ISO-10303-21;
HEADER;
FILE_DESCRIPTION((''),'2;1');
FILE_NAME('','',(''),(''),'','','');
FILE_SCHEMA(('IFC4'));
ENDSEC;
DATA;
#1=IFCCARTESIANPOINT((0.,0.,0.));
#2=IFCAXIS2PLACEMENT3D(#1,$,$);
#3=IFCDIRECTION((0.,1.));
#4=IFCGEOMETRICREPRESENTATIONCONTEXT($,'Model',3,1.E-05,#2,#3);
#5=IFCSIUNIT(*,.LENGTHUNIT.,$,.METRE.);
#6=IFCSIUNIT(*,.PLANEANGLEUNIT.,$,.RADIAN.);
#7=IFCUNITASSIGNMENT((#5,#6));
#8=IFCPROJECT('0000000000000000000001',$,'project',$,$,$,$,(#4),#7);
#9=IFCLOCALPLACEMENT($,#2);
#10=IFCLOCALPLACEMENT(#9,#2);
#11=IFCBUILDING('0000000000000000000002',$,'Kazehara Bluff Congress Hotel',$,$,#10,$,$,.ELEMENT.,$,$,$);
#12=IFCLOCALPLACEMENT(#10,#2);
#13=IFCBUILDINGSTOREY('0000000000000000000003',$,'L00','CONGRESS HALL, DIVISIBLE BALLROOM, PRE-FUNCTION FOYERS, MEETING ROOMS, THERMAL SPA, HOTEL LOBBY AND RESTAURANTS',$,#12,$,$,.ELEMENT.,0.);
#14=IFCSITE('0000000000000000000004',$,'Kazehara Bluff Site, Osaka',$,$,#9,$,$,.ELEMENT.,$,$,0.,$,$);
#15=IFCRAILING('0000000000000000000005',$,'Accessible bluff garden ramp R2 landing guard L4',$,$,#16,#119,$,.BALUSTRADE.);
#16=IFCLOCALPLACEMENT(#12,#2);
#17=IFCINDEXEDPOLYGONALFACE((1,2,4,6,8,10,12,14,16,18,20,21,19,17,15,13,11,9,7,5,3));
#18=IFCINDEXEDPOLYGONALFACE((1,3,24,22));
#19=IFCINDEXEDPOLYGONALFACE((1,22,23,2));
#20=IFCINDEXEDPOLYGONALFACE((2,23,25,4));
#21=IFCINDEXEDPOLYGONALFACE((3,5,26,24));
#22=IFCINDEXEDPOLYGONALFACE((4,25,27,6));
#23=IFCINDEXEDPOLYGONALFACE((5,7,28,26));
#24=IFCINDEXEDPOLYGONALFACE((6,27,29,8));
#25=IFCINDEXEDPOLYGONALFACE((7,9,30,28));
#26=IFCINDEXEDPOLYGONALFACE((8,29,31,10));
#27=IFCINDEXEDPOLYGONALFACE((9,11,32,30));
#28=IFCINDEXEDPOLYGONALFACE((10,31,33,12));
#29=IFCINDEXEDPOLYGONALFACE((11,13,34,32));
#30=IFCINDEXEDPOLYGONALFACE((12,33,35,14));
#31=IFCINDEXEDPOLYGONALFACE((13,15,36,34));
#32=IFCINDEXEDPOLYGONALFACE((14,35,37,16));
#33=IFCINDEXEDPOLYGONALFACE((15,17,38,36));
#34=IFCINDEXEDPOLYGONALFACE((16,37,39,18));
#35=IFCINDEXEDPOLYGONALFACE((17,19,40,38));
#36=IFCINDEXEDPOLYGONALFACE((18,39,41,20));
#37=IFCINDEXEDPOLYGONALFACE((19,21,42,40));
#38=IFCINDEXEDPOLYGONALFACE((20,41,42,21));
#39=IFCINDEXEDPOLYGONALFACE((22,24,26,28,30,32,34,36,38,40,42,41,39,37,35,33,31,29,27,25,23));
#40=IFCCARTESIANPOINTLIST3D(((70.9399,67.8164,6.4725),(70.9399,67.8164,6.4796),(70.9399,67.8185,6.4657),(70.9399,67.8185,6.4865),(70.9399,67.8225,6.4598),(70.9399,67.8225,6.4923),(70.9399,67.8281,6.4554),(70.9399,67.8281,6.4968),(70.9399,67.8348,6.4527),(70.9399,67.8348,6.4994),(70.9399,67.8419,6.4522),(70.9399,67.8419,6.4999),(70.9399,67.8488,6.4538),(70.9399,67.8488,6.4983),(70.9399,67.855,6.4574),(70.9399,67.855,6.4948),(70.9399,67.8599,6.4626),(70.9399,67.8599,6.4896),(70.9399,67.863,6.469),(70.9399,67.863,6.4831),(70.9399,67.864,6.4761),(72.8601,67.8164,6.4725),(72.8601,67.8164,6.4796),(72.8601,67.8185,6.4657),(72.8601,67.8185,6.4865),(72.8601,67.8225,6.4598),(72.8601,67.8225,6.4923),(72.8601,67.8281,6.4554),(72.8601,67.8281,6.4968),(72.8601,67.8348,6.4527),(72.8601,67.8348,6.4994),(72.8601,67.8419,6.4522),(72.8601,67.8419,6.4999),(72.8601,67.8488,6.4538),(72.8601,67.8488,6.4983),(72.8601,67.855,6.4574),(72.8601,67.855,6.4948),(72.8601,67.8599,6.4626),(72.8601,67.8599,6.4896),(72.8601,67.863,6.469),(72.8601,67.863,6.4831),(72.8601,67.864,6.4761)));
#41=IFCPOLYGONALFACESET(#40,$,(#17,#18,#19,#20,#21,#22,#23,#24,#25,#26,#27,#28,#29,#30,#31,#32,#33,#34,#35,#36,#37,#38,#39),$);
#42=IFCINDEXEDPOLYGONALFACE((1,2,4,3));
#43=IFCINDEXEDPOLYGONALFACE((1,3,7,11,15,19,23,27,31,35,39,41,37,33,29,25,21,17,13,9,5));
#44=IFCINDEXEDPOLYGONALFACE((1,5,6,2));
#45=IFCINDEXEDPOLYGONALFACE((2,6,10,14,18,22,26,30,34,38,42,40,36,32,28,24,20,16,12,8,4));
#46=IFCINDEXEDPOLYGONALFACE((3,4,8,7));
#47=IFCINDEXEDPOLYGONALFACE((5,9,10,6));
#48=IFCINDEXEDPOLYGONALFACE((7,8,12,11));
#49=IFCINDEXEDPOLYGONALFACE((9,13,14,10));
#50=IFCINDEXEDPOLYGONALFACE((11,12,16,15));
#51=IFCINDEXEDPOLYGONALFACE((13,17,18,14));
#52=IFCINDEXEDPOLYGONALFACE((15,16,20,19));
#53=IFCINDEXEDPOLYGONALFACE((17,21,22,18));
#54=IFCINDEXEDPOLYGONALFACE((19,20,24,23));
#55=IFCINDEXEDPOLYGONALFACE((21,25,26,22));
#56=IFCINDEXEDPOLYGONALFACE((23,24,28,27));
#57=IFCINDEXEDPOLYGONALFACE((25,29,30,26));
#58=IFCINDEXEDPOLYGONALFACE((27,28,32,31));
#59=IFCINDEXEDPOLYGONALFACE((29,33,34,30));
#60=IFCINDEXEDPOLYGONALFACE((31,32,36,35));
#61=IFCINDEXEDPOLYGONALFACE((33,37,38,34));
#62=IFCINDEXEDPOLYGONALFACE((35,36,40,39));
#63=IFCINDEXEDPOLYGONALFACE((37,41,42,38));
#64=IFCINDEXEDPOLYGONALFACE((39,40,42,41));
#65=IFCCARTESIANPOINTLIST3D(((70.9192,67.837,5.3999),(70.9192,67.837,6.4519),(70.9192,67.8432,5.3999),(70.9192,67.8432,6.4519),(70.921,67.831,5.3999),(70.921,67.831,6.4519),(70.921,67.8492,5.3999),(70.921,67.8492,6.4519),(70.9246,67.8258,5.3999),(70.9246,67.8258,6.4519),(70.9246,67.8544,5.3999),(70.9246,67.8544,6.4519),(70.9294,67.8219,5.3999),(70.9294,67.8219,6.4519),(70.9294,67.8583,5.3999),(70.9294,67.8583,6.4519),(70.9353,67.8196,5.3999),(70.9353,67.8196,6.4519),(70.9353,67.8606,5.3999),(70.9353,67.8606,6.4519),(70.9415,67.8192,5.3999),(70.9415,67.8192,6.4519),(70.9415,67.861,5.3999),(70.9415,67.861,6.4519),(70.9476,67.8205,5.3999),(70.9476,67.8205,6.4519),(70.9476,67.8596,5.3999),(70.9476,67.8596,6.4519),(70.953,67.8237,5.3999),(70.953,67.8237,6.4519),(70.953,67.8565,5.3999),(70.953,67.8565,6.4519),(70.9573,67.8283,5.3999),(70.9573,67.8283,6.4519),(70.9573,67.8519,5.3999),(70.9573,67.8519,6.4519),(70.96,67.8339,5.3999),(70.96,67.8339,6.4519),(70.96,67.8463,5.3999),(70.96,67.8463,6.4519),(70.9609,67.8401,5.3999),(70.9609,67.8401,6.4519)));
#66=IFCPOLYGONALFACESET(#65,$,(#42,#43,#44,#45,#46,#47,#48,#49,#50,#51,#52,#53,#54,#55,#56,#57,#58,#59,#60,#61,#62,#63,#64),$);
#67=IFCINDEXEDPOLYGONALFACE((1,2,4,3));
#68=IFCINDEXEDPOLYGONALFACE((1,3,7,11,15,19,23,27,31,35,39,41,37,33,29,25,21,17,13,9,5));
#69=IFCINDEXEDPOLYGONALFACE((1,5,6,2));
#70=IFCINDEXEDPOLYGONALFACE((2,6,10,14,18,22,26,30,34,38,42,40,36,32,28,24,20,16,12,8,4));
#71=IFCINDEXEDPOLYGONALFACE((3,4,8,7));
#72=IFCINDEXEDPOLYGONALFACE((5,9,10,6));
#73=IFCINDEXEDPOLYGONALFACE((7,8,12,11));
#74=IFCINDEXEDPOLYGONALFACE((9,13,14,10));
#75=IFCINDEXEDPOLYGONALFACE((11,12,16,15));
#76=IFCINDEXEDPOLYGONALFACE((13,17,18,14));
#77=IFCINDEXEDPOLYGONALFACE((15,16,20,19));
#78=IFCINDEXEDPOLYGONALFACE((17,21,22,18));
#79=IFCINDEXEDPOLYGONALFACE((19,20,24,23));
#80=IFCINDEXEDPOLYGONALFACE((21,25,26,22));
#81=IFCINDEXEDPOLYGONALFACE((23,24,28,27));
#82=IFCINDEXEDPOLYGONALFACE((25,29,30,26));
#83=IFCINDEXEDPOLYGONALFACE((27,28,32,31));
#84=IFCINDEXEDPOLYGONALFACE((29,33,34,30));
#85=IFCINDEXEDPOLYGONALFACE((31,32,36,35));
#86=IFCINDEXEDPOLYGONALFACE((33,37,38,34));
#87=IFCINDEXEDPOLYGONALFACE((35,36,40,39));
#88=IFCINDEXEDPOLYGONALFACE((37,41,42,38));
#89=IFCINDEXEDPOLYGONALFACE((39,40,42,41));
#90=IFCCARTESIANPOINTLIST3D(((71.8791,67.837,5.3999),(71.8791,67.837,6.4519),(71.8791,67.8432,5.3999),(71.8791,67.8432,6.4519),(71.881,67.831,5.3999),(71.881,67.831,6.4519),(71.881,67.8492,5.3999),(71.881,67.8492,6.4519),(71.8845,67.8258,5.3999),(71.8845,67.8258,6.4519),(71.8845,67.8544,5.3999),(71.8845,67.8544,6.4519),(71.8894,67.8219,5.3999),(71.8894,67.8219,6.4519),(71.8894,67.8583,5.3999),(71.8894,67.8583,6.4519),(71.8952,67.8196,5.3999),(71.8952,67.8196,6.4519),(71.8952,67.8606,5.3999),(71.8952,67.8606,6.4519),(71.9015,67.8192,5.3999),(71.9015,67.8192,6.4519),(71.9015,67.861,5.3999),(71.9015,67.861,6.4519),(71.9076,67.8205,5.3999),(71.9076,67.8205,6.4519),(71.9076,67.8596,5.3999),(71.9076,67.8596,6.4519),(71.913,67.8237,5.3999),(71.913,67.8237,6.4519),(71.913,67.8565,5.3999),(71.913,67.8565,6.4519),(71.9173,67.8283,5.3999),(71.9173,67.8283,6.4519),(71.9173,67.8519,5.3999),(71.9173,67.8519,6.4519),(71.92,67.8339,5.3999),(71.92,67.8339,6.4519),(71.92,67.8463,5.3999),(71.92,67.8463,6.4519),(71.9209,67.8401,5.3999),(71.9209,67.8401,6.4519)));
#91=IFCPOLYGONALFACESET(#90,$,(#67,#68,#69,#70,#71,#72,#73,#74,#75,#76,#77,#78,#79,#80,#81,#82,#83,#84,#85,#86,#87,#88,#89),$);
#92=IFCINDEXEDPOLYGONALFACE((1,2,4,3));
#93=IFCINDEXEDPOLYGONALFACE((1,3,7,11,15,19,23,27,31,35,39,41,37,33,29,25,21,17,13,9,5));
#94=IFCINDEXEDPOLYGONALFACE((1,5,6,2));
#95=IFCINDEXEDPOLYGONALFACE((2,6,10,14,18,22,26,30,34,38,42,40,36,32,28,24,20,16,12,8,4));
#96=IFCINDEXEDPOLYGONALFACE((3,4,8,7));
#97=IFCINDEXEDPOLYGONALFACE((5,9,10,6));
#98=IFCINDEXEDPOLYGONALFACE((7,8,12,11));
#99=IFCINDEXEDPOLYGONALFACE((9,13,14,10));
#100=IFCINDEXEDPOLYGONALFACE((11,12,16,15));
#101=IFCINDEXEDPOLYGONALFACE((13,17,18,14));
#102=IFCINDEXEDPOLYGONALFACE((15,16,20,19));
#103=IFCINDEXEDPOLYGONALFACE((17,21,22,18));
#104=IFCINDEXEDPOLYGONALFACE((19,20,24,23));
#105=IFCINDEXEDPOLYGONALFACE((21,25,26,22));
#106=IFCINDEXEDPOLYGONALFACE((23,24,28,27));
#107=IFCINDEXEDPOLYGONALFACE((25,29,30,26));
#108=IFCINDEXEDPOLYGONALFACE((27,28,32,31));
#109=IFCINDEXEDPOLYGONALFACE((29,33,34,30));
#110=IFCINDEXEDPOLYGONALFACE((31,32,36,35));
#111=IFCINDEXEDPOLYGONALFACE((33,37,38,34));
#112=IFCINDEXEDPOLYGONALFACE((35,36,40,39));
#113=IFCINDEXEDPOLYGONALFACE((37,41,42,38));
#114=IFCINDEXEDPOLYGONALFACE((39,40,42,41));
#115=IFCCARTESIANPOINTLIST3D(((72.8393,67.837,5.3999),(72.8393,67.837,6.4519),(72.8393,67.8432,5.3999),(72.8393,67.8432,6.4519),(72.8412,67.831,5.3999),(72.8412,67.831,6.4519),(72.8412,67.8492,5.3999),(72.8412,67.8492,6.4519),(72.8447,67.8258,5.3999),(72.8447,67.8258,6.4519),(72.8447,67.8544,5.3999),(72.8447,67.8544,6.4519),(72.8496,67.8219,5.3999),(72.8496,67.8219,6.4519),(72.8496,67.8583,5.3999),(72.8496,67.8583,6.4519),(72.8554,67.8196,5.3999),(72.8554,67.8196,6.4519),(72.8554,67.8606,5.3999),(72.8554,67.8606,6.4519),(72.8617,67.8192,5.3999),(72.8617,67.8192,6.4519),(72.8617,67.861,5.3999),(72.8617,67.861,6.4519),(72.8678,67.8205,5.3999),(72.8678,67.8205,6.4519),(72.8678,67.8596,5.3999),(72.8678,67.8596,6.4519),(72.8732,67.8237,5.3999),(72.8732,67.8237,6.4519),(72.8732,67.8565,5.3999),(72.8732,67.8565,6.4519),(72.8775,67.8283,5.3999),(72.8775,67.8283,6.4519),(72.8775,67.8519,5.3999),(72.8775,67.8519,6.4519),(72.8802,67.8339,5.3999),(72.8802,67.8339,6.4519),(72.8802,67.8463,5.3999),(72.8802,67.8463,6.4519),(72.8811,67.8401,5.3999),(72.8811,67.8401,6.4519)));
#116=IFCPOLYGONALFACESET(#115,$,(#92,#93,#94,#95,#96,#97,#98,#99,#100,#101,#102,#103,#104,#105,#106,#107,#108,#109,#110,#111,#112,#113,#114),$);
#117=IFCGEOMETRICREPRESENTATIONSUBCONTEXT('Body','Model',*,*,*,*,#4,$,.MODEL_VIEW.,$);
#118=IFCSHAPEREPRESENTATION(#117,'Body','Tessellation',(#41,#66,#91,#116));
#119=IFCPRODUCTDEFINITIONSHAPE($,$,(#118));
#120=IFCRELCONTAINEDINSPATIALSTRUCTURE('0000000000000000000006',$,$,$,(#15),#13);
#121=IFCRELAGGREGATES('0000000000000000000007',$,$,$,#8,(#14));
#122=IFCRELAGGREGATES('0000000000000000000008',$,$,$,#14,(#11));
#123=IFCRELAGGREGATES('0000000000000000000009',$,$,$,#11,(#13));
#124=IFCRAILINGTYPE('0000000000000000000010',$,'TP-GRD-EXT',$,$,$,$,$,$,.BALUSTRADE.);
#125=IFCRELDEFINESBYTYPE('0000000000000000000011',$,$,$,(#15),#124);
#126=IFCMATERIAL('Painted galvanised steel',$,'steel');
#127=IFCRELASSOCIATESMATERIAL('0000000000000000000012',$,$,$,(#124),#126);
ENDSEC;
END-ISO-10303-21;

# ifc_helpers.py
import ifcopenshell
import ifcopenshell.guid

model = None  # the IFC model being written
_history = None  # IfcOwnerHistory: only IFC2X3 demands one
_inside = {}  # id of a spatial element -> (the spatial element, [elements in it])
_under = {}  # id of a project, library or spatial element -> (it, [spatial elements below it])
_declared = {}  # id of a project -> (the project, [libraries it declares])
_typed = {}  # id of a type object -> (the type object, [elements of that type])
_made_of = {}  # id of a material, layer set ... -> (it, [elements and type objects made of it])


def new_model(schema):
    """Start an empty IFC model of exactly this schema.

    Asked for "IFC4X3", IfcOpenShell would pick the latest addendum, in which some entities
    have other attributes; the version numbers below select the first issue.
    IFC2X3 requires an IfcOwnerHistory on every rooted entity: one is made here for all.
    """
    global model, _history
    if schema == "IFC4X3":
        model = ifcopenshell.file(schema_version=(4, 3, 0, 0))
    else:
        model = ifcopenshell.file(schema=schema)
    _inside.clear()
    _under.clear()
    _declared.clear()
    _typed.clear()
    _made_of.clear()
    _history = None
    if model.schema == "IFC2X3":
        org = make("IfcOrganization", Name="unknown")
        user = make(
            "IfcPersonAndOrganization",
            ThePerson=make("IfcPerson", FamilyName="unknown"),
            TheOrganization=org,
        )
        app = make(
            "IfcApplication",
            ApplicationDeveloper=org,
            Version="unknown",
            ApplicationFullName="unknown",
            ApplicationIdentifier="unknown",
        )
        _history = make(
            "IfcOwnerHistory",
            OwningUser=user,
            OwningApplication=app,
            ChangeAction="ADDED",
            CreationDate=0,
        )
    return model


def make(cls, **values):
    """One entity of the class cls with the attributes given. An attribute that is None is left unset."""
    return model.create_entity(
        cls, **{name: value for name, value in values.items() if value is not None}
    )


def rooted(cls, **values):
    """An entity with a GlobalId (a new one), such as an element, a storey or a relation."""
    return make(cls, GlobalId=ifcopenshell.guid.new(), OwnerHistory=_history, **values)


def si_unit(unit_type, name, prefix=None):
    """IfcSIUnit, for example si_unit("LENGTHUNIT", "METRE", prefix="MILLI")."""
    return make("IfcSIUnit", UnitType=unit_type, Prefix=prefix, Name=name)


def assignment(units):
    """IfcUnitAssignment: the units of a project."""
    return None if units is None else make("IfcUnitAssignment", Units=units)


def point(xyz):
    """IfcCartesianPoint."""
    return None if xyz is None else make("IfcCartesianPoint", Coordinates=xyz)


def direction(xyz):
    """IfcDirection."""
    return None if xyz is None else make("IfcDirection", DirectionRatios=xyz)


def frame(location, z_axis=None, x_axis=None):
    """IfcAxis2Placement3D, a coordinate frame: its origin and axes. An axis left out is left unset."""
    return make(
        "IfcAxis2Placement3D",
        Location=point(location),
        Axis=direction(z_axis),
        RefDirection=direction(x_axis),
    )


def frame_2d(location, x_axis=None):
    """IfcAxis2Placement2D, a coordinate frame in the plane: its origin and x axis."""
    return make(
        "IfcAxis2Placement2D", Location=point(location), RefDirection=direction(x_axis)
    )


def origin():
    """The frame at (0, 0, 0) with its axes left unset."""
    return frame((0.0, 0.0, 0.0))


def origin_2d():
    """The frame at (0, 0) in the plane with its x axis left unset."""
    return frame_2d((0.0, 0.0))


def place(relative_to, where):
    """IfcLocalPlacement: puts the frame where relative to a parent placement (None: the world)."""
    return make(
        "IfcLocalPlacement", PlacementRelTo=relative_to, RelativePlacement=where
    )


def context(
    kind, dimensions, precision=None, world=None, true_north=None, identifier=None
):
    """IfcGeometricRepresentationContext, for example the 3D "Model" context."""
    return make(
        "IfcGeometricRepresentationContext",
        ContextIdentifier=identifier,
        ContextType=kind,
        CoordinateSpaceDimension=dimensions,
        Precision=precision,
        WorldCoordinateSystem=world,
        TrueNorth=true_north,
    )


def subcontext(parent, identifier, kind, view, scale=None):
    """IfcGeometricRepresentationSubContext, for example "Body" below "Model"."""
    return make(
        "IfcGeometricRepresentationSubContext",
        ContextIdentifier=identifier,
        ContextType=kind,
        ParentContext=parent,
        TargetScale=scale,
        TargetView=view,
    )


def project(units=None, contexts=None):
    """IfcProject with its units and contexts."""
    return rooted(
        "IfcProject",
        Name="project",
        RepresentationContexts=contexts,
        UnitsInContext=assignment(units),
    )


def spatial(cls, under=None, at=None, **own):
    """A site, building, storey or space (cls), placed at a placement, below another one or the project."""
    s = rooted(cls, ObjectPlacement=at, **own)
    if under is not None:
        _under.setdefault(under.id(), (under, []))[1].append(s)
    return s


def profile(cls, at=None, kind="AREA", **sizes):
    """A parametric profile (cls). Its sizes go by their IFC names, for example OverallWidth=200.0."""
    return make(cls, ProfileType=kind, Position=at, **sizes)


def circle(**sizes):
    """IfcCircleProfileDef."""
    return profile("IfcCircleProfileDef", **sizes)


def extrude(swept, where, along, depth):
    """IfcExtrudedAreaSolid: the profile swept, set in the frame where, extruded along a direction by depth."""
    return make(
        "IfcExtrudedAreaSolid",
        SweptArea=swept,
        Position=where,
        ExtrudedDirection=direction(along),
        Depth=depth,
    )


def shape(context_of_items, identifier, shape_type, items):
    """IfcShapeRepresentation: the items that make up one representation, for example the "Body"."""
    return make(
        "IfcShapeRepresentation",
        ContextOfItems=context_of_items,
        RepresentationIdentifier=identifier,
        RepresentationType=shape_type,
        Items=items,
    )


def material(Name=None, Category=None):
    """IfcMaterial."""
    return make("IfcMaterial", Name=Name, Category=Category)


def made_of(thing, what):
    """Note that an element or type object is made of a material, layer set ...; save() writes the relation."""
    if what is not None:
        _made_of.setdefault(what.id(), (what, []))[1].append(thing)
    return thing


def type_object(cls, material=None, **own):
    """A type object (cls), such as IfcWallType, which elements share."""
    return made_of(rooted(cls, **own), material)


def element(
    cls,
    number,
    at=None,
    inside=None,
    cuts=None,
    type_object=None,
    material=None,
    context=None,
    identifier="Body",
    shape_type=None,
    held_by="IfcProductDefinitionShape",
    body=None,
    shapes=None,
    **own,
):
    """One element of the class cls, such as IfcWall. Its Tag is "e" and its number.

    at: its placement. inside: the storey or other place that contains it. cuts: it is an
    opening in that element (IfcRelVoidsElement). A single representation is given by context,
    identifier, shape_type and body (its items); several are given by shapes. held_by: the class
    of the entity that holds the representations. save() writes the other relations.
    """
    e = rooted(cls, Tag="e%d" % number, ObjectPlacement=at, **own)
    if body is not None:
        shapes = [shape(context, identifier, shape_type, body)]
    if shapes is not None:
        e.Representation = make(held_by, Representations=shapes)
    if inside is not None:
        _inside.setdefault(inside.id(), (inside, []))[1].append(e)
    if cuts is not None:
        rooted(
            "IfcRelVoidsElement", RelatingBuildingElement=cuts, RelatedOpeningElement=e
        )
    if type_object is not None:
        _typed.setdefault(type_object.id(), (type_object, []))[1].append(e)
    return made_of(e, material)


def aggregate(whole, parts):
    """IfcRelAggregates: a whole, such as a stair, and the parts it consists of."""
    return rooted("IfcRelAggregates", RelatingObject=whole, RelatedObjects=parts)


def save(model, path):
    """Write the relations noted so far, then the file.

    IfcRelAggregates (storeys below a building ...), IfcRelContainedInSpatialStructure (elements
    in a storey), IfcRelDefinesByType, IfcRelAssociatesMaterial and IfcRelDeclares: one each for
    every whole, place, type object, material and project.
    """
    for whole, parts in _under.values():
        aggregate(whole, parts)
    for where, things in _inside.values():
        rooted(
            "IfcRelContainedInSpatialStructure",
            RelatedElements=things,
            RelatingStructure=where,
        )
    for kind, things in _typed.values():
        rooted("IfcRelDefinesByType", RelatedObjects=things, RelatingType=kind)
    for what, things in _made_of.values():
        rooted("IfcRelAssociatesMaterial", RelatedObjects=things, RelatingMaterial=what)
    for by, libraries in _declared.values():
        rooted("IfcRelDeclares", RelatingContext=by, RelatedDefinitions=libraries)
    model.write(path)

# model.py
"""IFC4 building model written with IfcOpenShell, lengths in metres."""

from ifc_helpers import new_model, si_unit, direction, frame, origin, origin_2d, place, context, subcontext, project, spatial, circle, extrude, material, type_object, element, save


model = new_model("IFC4")

# Units and contexts
model_context = context("Model", 3, precision=1e-05, world=origin(), true_north=direction((0.0, 1.0)))
body_context = subcontext(model_context, "Body", "Model", "MODEL_VIEW")
ifc_project = project(units=[si_unit("LENGTHUNIT", "METRE"), si_unit("PLANEANGLEUNIT", "RADIAN")], contexts=[model_context])

# Site, building, storey
site_placement = place(None, origin())
site = spatial("IfcSite", under=ifc_project, at=site_placement, Name="Kazehara Bluff Site, Osaka", CompositionType="ELEMENT", RefElevation=0.0)
building_placement = place(site_placement, origin())
building = spatial("IfcBuilding", under=site, at=building_placement, Name="Kazehara Bluff Congress Hotel", CompositionType="ELEMENT")
storey_placement = place(building_placement, origin())
storey = spatial("IfcBuildingStorey", under=building, at=storey_placement, Name="L00", Description="CONGRESS HALL, DIVISIBLE BALLROOM, PRE-FUNCTION FOYERS, MEETING ROOMS, THERMAL SPA, HOTEL LOBBY AND RESTAURANTS", CompositionType="ELEMENT", Elevation=0.0)

# Railing
ifc_material_1 = material(Name="Painted galvanised steel", Category="steel")
railing_type = type_object("IfcRailingType", Name="TP-GRD-EXT", PredefinedType="BALUSTRADE", material=ifc_material_1)
for number, where, name in (
    (1, (70.9399, 67.8401, 5.3999), "Accessible bluff garden ramp R2 landing guard L4"),
):
    element("IfcRailing", number, at=place(storey_placement, frame(where)), inside=storey, type_object=railing_type, Name=name, PredefinedType="BALUSTRADE", context=body_context, shape_type="SweptSolid", body=[
        extrude(circle(Radius=0.0239, at=origin_2d()), frame((0.0, 0.0, 1.0762), z_axis=(1.0, 0.0, 0.0), x_axis=(0.0, 1.0, 0.0)), (0.0, 0.0, 1.0), 1.9202),
        extrude(circle(Radius=0.021, at=origin_2d()), origin(), (0.0, 0.0, 1.0), 1.052),
        extrude(circle(Radius=0.021, at=origin_2d()), frame((0.96, 0.0, 0.0)), (0.0, 0.0, 1.0), 1.052),
        extrude(circle(Radius=0.021, at=origin_2d()), frame((1.9202, 0.0, 0.0)), (0.0, 0.0, 1.0), 1.052),
    ])

save(model, "model.ifc")
